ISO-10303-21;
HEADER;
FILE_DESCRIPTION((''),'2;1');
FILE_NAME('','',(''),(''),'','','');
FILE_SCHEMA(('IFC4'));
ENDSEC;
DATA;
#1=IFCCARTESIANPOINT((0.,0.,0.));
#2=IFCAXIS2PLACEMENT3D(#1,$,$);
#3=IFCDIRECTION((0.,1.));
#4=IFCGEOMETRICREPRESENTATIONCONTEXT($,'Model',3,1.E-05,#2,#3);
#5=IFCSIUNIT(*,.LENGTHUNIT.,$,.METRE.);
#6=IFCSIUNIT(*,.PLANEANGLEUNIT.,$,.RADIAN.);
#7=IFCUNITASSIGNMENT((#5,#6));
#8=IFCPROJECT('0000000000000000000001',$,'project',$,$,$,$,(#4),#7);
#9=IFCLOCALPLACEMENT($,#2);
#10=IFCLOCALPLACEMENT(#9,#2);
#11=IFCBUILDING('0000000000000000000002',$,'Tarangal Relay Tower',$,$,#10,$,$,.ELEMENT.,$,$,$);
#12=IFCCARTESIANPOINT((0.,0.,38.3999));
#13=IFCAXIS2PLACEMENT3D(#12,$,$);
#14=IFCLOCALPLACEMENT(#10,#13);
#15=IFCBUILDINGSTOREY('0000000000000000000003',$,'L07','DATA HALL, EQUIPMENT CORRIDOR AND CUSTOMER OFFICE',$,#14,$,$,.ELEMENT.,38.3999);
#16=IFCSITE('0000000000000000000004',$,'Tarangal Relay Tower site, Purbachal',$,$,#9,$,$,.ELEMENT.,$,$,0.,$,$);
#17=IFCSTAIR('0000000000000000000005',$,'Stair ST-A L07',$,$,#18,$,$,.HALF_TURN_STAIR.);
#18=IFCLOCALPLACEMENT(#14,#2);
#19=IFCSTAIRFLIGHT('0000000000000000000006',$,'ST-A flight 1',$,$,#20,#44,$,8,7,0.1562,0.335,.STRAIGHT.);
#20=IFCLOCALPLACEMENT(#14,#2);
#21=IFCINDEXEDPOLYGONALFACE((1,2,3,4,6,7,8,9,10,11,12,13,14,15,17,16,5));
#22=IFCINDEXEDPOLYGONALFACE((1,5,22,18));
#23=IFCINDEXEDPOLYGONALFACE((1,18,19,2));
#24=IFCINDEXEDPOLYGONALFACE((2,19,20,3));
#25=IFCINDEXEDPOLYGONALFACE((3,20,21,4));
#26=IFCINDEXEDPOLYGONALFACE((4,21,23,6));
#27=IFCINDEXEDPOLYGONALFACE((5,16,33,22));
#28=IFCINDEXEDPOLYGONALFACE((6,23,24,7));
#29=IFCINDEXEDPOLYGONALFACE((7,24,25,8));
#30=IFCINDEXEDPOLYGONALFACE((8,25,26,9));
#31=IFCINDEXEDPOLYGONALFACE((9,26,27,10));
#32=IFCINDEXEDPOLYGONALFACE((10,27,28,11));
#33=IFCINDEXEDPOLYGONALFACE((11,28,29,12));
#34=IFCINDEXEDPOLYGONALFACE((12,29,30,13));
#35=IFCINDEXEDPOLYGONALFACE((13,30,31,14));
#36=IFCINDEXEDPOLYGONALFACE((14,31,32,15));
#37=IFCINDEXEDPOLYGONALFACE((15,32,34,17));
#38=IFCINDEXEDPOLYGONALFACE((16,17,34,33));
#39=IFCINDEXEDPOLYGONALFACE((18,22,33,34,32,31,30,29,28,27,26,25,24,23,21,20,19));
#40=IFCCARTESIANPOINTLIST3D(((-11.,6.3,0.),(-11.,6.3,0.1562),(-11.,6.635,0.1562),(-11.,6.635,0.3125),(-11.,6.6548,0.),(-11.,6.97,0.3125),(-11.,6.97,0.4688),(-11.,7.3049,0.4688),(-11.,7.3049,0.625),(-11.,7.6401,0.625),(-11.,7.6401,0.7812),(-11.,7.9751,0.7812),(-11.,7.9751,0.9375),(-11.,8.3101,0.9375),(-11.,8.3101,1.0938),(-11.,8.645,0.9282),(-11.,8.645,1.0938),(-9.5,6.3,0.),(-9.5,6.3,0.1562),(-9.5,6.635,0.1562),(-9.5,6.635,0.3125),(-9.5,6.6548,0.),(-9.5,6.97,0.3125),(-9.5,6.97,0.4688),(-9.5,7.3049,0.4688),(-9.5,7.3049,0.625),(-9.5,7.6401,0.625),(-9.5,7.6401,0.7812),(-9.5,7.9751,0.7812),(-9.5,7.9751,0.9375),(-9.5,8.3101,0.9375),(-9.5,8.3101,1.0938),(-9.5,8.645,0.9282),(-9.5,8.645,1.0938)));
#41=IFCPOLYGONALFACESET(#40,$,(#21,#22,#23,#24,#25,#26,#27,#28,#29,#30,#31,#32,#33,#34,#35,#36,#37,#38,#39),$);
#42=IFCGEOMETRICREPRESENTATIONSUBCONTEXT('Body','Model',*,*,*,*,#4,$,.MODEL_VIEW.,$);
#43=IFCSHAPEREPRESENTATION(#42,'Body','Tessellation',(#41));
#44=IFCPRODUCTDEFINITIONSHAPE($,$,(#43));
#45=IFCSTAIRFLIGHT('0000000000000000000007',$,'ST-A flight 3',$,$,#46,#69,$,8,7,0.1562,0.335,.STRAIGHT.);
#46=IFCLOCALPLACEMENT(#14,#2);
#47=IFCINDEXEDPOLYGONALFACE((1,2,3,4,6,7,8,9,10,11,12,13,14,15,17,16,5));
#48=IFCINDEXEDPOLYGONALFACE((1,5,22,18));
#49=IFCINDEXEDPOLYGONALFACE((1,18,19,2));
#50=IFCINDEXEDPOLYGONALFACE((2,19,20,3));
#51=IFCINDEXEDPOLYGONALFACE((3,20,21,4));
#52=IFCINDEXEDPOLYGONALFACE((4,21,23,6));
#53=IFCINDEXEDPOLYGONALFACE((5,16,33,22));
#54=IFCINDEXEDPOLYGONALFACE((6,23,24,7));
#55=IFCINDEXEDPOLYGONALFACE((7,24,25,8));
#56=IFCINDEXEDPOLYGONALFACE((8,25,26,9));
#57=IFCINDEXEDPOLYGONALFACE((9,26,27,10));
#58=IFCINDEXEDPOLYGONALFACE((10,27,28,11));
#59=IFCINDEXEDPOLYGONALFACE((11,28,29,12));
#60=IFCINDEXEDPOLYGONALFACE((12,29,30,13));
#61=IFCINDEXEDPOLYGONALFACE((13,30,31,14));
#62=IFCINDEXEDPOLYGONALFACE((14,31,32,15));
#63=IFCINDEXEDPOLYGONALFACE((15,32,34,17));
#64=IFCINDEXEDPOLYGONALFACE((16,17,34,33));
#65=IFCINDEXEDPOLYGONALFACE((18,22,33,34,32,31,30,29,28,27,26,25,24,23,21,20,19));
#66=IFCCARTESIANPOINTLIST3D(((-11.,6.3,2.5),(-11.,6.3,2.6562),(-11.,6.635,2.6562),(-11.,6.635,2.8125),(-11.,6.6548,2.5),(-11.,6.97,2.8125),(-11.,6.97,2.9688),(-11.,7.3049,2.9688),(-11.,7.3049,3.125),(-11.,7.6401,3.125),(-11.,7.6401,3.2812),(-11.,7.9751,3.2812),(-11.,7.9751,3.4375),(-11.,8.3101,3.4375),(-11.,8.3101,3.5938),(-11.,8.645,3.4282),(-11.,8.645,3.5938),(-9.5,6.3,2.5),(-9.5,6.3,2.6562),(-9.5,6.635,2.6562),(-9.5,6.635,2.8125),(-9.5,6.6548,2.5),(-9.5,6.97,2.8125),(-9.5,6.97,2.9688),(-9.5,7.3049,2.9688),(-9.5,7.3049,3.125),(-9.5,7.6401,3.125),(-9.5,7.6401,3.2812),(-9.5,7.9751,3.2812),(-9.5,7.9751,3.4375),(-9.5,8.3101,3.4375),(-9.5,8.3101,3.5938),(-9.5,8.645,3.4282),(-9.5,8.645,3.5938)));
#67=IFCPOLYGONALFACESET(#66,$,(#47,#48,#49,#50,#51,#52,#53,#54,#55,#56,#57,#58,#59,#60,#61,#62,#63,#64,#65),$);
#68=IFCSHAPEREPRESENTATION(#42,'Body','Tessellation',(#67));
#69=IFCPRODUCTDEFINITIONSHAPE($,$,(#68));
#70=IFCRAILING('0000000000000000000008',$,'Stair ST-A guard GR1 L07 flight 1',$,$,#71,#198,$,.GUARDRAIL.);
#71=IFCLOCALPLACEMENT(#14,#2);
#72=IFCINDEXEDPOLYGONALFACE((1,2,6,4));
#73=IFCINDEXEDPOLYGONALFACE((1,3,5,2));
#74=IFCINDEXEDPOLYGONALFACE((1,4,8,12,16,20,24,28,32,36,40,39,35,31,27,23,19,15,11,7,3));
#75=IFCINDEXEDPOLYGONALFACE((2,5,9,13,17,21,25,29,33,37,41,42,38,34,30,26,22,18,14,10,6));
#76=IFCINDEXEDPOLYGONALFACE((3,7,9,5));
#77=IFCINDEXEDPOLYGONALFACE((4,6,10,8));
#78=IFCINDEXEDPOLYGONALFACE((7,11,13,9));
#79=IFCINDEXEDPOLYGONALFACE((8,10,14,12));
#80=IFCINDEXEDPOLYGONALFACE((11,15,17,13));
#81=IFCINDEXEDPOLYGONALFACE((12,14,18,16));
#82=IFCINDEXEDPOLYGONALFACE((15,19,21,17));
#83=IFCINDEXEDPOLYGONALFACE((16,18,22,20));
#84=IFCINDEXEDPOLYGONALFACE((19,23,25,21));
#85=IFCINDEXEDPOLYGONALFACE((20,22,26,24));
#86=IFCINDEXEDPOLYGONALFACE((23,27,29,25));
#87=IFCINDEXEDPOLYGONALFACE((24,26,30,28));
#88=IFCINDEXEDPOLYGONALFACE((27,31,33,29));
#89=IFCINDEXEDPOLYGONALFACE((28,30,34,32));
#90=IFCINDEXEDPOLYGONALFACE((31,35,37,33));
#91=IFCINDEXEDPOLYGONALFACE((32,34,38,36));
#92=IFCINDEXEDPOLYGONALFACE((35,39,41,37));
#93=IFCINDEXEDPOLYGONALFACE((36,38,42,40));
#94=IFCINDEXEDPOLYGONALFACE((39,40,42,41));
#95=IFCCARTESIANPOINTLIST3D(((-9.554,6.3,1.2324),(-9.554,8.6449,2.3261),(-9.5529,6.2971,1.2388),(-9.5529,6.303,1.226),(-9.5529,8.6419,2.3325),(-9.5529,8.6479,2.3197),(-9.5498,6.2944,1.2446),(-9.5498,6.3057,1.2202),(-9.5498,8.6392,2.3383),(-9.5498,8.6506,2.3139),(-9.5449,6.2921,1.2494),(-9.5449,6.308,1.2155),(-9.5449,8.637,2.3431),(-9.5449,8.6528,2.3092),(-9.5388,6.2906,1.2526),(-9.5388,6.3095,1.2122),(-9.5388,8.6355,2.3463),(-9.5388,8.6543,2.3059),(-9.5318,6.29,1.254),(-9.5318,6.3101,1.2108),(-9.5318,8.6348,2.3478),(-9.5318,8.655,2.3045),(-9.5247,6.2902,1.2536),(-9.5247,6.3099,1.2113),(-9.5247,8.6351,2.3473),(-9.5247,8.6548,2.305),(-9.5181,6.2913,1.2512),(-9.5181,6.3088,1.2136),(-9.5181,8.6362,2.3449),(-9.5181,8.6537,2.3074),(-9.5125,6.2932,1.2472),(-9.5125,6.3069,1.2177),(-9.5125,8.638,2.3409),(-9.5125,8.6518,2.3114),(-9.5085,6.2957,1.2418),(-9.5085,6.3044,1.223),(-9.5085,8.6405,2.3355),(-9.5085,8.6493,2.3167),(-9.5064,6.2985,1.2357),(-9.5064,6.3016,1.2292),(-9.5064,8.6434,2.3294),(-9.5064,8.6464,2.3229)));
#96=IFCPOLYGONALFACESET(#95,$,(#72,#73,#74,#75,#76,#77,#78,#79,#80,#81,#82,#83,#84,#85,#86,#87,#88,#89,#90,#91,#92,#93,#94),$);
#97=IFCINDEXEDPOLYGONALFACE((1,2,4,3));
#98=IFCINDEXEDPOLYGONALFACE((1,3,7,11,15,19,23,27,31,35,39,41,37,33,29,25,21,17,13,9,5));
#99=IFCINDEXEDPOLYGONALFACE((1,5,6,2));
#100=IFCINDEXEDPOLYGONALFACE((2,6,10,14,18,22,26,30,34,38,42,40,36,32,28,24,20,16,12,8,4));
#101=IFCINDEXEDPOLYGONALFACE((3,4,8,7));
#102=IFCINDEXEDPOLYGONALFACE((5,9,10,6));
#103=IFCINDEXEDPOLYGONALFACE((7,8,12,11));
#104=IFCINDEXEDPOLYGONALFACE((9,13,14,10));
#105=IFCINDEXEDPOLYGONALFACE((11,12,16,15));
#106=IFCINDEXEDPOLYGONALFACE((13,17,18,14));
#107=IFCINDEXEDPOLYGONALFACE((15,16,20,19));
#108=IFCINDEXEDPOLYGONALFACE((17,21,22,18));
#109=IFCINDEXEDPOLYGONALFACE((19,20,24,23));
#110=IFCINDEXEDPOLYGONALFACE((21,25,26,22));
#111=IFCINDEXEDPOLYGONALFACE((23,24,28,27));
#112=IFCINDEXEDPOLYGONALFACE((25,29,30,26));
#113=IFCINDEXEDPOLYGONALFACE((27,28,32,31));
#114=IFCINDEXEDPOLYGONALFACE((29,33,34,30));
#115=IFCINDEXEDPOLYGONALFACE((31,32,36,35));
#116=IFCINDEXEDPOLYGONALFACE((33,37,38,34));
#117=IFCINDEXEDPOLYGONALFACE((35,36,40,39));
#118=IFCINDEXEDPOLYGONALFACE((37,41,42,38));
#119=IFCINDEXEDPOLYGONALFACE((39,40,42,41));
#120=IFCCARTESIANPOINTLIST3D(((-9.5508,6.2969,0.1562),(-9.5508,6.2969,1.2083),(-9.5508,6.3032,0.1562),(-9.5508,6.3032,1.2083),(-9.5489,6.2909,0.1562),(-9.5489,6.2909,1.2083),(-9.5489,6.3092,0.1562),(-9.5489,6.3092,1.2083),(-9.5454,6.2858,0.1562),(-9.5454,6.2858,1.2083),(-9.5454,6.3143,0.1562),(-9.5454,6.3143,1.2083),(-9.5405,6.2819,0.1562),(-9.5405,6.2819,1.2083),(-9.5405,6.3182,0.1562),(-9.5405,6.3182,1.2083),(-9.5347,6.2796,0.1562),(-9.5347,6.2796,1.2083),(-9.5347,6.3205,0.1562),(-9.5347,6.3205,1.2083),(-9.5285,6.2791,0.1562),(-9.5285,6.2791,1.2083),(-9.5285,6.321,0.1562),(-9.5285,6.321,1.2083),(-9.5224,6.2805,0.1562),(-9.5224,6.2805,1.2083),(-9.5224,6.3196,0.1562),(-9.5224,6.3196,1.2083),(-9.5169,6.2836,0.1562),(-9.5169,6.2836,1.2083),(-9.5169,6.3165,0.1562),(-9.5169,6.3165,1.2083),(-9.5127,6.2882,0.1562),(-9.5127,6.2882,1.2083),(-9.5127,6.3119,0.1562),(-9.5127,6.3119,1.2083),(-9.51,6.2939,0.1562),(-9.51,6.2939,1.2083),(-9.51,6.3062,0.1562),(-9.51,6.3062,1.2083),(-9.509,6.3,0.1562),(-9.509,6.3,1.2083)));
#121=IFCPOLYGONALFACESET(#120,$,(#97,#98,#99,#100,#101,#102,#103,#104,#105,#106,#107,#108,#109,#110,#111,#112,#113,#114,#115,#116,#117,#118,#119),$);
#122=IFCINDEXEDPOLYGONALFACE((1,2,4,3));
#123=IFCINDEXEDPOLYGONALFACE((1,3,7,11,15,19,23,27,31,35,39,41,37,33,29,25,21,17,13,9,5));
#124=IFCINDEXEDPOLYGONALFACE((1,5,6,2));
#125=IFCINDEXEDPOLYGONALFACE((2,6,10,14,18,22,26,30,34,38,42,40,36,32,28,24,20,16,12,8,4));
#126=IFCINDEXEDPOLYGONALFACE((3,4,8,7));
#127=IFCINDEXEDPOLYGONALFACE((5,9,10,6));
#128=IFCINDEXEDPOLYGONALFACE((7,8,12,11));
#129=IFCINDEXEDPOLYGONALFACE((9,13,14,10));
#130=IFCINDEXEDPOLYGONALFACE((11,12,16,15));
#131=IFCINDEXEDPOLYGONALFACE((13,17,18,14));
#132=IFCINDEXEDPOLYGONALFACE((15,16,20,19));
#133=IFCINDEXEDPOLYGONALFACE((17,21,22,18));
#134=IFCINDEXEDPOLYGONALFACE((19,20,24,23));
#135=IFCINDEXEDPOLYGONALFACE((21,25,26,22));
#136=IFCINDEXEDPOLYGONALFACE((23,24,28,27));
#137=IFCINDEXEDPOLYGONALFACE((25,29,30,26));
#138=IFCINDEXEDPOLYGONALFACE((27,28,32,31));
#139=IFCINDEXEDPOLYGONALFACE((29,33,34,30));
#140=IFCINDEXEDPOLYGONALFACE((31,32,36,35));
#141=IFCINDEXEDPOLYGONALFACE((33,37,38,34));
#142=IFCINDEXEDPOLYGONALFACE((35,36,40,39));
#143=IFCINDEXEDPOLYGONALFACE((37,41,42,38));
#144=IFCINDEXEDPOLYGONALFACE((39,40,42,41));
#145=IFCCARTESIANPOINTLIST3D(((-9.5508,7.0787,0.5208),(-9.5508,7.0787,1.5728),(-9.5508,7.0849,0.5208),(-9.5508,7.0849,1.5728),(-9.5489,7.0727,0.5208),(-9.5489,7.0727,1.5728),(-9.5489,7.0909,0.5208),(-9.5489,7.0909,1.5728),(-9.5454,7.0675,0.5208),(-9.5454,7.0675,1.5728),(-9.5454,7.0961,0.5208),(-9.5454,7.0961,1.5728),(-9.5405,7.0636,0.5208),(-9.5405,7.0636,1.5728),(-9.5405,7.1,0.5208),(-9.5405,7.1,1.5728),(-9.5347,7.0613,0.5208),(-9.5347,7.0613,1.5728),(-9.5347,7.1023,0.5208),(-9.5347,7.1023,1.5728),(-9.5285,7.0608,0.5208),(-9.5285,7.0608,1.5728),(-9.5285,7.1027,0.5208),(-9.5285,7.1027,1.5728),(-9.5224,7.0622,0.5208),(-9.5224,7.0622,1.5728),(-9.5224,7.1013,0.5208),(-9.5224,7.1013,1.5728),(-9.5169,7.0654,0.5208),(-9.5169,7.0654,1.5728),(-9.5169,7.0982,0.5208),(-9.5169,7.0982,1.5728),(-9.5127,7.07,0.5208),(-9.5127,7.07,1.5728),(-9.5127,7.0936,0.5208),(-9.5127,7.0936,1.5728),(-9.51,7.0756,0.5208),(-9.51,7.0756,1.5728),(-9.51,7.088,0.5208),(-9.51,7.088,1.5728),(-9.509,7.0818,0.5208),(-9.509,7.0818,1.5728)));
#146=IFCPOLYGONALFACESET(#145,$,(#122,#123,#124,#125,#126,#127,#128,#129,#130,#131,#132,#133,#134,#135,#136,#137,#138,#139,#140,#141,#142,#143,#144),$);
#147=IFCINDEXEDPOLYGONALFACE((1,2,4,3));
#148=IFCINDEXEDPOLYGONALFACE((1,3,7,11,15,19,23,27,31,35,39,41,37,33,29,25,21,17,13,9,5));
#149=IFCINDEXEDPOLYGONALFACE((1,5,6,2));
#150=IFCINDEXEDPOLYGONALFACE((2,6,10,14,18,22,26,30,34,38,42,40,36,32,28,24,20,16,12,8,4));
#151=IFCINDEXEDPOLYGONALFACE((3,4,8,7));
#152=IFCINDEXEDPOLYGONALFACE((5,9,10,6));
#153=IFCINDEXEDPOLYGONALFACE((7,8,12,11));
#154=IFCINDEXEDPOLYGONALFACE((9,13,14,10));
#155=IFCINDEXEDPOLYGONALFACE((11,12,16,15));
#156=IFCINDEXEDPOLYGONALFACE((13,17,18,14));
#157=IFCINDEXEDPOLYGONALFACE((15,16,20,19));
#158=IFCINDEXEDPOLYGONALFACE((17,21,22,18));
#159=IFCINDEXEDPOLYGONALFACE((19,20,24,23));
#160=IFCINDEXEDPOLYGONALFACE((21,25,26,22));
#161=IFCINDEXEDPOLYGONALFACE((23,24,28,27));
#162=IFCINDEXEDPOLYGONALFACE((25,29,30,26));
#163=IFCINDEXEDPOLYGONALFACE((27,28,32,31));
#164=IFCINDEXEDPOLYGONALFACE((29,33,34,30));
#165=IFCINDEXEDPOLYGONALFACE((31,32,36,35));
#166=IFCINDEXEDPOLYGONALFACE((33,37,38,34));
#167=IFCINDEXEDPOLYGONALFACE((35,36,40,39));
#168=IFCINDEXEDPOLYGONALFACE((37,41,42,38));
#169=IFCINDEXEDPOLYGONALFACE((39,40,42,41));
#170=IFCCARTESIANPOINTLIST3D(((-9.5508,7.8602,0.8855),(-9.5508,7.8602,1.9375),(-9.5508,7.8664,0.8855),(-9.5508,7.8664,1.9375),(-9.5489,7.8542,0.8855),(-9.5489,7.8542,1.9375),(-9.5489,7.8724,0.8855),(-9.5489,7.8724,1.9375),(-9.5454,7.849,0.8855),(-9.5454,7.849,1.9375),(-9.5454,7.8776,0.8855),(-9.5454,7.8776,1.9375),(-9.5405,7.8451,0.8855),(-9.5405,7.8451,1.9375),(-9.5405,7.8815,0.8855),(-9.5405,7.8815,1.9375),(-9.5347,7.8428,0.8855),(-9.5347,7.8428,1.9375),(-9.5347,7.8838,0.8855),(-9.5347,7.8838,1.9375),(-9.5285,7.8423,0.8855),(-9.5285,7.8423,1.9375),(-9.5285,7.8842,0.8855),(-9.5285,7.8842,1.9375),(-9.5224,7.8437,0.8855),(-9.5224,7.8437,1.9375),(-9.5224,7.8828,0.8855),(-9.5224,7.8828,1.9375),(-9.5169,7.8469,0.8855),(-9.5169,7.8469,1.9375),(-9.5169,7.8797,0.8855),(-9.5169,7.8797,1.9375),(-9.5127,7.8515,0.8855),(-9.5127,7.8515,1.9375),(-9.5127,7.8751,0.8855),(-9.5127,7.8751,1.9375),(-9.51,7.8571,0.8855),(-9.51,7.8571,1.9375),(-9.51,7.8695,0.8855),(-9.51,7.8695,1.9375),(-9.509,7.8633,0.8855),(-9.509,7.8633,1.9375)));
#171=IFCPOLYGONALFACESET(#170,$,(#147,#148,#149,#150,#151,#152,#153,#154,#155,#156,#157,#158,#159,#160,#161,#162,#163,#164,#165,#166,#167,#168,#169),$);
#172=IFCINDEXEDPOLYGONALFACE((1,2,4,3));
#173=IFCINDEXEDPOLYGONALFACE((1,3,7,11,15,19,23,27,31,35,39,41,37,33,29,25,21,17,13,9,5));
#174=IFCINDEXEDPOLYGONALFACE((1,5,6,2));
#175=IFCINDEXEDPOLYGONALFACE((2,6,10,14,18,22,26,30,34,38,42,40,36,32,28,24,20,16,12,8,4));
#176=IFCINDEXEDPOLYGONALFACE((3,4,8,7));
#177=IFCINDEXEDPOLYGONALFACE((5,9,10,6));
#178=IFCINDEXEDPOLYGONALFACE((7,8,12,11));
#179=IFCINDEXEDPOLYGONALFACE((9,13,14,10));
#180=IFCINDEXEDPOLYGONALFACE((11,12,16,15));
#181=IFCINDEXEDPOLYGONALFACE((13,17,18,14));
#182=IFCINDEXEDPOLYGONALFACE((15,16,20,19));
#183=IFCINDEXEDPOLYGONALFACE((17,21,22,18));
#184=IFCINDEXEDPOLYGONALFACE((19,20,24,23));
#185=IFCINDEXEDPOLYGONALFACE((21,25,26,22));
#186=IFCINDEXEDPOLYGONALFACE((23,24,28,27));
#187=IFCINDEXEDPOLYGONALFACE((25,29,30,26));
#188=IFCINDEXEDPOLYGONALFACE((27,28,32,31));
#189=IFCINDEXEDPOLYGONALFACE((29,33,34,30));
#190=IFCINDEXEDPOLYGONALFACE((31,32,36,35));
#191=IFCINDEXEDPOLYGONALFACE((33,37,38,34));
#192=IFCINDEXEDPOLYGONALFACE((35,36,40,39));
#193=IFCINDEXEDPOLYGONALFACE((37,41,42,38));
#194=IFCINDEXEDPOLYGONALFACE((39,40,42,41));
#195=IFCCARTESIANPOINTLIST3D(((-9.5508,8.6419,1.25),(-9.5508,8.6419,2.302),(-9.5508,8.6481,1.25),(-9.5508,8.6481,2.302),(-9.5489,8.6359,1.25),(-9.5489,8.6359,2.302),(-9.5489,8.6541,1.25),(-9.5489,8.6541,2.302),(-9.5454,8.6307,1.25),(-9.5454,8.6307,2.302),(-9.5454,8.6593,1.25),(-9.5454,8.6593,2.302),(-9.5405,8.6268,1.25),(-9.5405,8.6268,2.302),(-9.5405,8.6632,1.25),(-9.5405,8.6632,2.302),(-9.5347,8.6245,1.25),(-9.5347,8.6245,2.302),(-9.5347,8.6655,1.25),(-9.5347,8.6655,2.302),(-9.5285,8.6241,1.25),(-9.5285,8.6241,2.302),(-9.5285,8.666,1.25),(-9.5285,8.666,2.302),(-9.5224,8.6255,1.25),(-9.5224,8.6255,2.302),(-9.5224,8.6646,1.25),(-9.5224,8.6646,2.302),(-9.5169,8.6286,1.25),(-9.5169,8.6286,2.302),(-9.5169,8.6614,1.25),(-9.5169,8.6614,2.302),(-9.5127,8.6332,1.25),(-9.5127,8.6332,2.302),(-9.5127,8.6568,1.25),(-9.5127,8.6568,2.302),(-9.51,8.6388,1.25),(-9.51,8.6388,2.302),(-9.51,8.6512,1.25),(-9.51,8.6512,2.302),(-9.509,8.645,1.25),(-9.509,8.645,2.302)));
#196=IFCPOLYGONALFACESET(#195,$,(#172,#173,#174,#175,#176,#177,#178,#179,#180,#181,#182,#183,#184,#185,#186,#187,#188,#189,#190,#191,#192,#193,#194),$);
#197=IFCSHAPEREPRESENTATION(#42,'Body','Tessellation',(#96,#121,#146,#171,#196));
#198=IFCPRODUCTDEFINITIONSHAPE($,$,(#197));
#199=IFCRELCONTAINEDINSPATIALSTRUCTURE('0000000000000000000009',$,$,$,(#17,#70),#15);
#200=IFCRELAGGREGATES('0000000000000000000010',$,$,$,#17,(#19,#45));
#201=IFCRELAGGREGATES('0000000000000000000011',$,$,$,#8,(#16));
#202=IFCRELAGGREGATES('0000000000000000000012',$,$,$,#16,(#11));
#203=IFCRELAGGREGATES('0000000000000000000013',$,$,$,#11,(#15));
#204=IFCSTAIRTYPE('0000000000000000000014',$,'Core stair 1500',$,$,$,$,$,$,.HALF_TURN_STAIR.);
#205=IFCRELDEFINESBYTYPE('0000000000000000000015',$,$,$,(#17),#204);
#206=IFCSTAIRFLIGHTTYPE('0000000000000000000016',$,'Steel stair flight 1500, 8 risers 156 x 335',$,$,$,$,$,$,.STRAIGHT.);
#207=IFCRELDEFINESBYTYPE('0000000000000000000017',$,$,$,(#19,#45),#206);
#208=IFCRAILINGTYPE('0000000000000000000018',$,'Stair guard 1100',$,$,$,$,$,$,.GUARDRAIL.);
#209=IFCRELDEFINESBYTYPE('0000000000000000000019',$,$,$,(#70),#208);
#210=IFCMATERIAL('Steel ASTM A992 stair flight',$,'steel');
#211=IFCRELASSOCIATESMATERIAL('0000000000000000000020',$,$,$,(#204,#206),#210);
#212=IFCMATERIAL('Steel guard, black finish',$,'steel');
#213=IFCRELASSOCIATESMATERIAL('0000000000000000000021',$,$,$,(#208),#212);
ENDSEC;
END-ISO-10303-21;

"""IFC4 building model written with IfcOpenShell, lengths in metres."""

from ifc_helpers import new_model, si_unit, direction, frame, origin, origin_2d, place, context, subcontext, project, spatial, polyline, circle, outline, extrude, material, type_object, element, aggregate, save


model = new_model("IFC4")

# Units and contexts
model_context = context("Model", 3, precision=1e-05, world=origin(), true_north=direction((0.0, 1.0)))
body_context = subcontext(model_context, "Body", "Model", "MODEL_VIEW")
ifc_project = project(units=[si_unit("LENGTHUNIT", "METRE"), si_unit("PLANEANGLEUNIT", "RADIAN")], contexts=[model_context])

# Site, building, storey
site_placement = place(None, origin())
site = spatial("IfcSite", under=ifc_project, at=site_placement, Name="Tarangal Relay Tower site, Purbachal", CompositionType="ELEMENT", RefElevation=0.0)
building_placement = place(site_placement, origin())
building = spatial("IfcBuilding", under=site, at=building_placement, Name="Tarangal Relay Tower", CompositionType="ELEMENT")
storey_placement = place(building_placement, frame((0.0, 0.0, 38.3999)))
storey = spatial("IfcBuildingStorey", under=building, at=storey_placement, Name="L07", Description="DATA HALL, EQUIPMENT CORRIDOR AND CUSTOMER OFFICE", CompositionType="ELEMENT", Elevation=38.3999)

# Stair, stair flights
ifc_material_1 = material(Name="Steel ASTM A992 stair flight", Category="steel")
stair_type = type_object("IfcStairType", Name="Core stair 1500", PredefinedType="HALF_TURN_STAIR", material=ifc_material_1)
stair_placement = place(storey_placement, origin())
stair = element("IfcStair", 1, at=stair_placement, inside=storey, type_object=stair_type, Name="Stair ST-A L07", PredefinedType="HALF_TURN_STAIR")
stair_flight_type = type_object("IfcStairFlightType", Name="Steel stair flight 1500, 8 risers 156 x 335", PredefinedType="STRAIGHT", material=ifc_material_1)
stair_flight_1_placement = place(storey_placement, frame((-10.25, 6.3, 0.0), z_axis=(0.0, 0.0, 1.0), x_axis=(0.0, 1.0, 0.0)))
stair_flight_1 = element("IfcStairFlight", 2, at=stair_flight_1_placement, type_object=stair_flight_type, Name="ST-A flight 1", NumberOfRisers=8, NumberOfTreads=7, PredefinedType="STRAIGHT", RiserHeight=0.1562, TreadLength=0.335, context=body_context, shape_type="SweptSolid", body=[
    extrude(outline(polyline([(0.0, 0.0), (0.0, 0.1562), (0.335, 0.1562), (0.335, 0.3125), (0.6699, 0.3125), (0.6699, 0.4688), (1.0049, 0.4688), (1.0049, 0.625), (1.3401, 0.625), (1.3401, 0.7812), (1.675, 0.7812), (1.675, 0.9375), (2.01, 0.9375), (2.01, 1.0938), (2.345, 1.0938), (2.345, 1.25), (2.345, 0.9282), (0.3547, 0.0), (0.0, 0.0)])), frame((0.0, 0.75, 0.0), z_axis=(0.0, -1.0, 0.0), x_axis=(1.0, 0.0, 0.0)), (0.0, 0.0, 1.0), 1.5),
])
stair_flight_2_placement = place(storey_placement, frame((-10.25, 6.3, 2.5), z_axis=(0.0, 0.0, 1.0), x_axis=(0.0, 1.0, 0.0)))
stair_flight_2 = element("IfcStairFlight", 3, at=stair_flight_2_placement, type_object=stair_flight_type, Name="ST-A flight 3", NumberOfRisers=8, NumberOfTreads=7, PredefinedType="STRAIGHT", RiserHeight=0.1562, TreadLength=0.335, context=body_context, shape_type="SweptSolid", body=[
    extrude(outline(polyline([(0.0, 0.0), (0.0, 0.1562), (0.335, 0.1562), (0.335, 0.3125), (0.6699, 0.3125), (0.6699, 0.4688), (1.0049, 0.4688), (1.0049, 0.625), (1.3401, 0.625), (1.3401, 0.7812), (1.675, 0.7812), (1.675, 0.9375), (2.01, 0.9375), (2.01, 1.0938), (2.345, 1.0938), (2.345, 1.25), (2.345, 0.9282), (0.3547, 0.0), (0.0, 0.0)])), frame((0.0, 0.75, 0.0), z_axis=(0.0, -1.0, 0.0), x_axis=(1.0, 0.0, 0.0)), (0.0, 0.0, 1.0), 1.5),
])
aggregate(stair, [stair_flight_1, stair_flight_2])

# Railing
ifc_material_2 = material(Name="Steel guard, black finish", Category="steel")
railing_type_1 = type_object("IfcRailingType", Name="Stair guard 1100", PredefinedType="GUARDRAIL", material=ifc_material_2)
railing_1_placement = place(storey_placement, frame((-9.53, 6.3, 0.1562)))
element("IfcRailing", 4, at=railing_1_placement, inside=storey, type_object=railing_type_1, Name="Stair ST-A guard GR1 L07 flight 1", PredefinedType="GUARDRAIL", context=body_context, shape_type="SweptSolid", body=[
    extrude(circle(Radius=0.0239, at=origin_2d()), frame((0.0, 0.0, 1.0762), z_axis=(0.0, 0.906267, 0.422705), x_axis=(-1.0, 0.0, 0.0)), (0.0, 0.0, 1.0), 2.5874),
    extrude(circle(Radius=0.021, at=origin_2d()), origin(), (0.0, 0.0, 1.0), 1.052),
    extrude(circle(Radius=0.021, at=origin_2d()), frame((0.0, 0.7817, 0.3645)), (0.0, 0.0, 1.0), 1.052),
    extrude(circle(Radius=0.021, at=origin_2d()), frame((0.0, 1.5632, 0.7292)), (0.0, 0.0, 1.0), 1.052),
    extrude(circle(Radius=0.021, at=origin_2d()), frame((0.0, 2.345, 1.0938)), (0.0, 0.0, 1.0), 1.052),
])

save(model, "model.ifc")
